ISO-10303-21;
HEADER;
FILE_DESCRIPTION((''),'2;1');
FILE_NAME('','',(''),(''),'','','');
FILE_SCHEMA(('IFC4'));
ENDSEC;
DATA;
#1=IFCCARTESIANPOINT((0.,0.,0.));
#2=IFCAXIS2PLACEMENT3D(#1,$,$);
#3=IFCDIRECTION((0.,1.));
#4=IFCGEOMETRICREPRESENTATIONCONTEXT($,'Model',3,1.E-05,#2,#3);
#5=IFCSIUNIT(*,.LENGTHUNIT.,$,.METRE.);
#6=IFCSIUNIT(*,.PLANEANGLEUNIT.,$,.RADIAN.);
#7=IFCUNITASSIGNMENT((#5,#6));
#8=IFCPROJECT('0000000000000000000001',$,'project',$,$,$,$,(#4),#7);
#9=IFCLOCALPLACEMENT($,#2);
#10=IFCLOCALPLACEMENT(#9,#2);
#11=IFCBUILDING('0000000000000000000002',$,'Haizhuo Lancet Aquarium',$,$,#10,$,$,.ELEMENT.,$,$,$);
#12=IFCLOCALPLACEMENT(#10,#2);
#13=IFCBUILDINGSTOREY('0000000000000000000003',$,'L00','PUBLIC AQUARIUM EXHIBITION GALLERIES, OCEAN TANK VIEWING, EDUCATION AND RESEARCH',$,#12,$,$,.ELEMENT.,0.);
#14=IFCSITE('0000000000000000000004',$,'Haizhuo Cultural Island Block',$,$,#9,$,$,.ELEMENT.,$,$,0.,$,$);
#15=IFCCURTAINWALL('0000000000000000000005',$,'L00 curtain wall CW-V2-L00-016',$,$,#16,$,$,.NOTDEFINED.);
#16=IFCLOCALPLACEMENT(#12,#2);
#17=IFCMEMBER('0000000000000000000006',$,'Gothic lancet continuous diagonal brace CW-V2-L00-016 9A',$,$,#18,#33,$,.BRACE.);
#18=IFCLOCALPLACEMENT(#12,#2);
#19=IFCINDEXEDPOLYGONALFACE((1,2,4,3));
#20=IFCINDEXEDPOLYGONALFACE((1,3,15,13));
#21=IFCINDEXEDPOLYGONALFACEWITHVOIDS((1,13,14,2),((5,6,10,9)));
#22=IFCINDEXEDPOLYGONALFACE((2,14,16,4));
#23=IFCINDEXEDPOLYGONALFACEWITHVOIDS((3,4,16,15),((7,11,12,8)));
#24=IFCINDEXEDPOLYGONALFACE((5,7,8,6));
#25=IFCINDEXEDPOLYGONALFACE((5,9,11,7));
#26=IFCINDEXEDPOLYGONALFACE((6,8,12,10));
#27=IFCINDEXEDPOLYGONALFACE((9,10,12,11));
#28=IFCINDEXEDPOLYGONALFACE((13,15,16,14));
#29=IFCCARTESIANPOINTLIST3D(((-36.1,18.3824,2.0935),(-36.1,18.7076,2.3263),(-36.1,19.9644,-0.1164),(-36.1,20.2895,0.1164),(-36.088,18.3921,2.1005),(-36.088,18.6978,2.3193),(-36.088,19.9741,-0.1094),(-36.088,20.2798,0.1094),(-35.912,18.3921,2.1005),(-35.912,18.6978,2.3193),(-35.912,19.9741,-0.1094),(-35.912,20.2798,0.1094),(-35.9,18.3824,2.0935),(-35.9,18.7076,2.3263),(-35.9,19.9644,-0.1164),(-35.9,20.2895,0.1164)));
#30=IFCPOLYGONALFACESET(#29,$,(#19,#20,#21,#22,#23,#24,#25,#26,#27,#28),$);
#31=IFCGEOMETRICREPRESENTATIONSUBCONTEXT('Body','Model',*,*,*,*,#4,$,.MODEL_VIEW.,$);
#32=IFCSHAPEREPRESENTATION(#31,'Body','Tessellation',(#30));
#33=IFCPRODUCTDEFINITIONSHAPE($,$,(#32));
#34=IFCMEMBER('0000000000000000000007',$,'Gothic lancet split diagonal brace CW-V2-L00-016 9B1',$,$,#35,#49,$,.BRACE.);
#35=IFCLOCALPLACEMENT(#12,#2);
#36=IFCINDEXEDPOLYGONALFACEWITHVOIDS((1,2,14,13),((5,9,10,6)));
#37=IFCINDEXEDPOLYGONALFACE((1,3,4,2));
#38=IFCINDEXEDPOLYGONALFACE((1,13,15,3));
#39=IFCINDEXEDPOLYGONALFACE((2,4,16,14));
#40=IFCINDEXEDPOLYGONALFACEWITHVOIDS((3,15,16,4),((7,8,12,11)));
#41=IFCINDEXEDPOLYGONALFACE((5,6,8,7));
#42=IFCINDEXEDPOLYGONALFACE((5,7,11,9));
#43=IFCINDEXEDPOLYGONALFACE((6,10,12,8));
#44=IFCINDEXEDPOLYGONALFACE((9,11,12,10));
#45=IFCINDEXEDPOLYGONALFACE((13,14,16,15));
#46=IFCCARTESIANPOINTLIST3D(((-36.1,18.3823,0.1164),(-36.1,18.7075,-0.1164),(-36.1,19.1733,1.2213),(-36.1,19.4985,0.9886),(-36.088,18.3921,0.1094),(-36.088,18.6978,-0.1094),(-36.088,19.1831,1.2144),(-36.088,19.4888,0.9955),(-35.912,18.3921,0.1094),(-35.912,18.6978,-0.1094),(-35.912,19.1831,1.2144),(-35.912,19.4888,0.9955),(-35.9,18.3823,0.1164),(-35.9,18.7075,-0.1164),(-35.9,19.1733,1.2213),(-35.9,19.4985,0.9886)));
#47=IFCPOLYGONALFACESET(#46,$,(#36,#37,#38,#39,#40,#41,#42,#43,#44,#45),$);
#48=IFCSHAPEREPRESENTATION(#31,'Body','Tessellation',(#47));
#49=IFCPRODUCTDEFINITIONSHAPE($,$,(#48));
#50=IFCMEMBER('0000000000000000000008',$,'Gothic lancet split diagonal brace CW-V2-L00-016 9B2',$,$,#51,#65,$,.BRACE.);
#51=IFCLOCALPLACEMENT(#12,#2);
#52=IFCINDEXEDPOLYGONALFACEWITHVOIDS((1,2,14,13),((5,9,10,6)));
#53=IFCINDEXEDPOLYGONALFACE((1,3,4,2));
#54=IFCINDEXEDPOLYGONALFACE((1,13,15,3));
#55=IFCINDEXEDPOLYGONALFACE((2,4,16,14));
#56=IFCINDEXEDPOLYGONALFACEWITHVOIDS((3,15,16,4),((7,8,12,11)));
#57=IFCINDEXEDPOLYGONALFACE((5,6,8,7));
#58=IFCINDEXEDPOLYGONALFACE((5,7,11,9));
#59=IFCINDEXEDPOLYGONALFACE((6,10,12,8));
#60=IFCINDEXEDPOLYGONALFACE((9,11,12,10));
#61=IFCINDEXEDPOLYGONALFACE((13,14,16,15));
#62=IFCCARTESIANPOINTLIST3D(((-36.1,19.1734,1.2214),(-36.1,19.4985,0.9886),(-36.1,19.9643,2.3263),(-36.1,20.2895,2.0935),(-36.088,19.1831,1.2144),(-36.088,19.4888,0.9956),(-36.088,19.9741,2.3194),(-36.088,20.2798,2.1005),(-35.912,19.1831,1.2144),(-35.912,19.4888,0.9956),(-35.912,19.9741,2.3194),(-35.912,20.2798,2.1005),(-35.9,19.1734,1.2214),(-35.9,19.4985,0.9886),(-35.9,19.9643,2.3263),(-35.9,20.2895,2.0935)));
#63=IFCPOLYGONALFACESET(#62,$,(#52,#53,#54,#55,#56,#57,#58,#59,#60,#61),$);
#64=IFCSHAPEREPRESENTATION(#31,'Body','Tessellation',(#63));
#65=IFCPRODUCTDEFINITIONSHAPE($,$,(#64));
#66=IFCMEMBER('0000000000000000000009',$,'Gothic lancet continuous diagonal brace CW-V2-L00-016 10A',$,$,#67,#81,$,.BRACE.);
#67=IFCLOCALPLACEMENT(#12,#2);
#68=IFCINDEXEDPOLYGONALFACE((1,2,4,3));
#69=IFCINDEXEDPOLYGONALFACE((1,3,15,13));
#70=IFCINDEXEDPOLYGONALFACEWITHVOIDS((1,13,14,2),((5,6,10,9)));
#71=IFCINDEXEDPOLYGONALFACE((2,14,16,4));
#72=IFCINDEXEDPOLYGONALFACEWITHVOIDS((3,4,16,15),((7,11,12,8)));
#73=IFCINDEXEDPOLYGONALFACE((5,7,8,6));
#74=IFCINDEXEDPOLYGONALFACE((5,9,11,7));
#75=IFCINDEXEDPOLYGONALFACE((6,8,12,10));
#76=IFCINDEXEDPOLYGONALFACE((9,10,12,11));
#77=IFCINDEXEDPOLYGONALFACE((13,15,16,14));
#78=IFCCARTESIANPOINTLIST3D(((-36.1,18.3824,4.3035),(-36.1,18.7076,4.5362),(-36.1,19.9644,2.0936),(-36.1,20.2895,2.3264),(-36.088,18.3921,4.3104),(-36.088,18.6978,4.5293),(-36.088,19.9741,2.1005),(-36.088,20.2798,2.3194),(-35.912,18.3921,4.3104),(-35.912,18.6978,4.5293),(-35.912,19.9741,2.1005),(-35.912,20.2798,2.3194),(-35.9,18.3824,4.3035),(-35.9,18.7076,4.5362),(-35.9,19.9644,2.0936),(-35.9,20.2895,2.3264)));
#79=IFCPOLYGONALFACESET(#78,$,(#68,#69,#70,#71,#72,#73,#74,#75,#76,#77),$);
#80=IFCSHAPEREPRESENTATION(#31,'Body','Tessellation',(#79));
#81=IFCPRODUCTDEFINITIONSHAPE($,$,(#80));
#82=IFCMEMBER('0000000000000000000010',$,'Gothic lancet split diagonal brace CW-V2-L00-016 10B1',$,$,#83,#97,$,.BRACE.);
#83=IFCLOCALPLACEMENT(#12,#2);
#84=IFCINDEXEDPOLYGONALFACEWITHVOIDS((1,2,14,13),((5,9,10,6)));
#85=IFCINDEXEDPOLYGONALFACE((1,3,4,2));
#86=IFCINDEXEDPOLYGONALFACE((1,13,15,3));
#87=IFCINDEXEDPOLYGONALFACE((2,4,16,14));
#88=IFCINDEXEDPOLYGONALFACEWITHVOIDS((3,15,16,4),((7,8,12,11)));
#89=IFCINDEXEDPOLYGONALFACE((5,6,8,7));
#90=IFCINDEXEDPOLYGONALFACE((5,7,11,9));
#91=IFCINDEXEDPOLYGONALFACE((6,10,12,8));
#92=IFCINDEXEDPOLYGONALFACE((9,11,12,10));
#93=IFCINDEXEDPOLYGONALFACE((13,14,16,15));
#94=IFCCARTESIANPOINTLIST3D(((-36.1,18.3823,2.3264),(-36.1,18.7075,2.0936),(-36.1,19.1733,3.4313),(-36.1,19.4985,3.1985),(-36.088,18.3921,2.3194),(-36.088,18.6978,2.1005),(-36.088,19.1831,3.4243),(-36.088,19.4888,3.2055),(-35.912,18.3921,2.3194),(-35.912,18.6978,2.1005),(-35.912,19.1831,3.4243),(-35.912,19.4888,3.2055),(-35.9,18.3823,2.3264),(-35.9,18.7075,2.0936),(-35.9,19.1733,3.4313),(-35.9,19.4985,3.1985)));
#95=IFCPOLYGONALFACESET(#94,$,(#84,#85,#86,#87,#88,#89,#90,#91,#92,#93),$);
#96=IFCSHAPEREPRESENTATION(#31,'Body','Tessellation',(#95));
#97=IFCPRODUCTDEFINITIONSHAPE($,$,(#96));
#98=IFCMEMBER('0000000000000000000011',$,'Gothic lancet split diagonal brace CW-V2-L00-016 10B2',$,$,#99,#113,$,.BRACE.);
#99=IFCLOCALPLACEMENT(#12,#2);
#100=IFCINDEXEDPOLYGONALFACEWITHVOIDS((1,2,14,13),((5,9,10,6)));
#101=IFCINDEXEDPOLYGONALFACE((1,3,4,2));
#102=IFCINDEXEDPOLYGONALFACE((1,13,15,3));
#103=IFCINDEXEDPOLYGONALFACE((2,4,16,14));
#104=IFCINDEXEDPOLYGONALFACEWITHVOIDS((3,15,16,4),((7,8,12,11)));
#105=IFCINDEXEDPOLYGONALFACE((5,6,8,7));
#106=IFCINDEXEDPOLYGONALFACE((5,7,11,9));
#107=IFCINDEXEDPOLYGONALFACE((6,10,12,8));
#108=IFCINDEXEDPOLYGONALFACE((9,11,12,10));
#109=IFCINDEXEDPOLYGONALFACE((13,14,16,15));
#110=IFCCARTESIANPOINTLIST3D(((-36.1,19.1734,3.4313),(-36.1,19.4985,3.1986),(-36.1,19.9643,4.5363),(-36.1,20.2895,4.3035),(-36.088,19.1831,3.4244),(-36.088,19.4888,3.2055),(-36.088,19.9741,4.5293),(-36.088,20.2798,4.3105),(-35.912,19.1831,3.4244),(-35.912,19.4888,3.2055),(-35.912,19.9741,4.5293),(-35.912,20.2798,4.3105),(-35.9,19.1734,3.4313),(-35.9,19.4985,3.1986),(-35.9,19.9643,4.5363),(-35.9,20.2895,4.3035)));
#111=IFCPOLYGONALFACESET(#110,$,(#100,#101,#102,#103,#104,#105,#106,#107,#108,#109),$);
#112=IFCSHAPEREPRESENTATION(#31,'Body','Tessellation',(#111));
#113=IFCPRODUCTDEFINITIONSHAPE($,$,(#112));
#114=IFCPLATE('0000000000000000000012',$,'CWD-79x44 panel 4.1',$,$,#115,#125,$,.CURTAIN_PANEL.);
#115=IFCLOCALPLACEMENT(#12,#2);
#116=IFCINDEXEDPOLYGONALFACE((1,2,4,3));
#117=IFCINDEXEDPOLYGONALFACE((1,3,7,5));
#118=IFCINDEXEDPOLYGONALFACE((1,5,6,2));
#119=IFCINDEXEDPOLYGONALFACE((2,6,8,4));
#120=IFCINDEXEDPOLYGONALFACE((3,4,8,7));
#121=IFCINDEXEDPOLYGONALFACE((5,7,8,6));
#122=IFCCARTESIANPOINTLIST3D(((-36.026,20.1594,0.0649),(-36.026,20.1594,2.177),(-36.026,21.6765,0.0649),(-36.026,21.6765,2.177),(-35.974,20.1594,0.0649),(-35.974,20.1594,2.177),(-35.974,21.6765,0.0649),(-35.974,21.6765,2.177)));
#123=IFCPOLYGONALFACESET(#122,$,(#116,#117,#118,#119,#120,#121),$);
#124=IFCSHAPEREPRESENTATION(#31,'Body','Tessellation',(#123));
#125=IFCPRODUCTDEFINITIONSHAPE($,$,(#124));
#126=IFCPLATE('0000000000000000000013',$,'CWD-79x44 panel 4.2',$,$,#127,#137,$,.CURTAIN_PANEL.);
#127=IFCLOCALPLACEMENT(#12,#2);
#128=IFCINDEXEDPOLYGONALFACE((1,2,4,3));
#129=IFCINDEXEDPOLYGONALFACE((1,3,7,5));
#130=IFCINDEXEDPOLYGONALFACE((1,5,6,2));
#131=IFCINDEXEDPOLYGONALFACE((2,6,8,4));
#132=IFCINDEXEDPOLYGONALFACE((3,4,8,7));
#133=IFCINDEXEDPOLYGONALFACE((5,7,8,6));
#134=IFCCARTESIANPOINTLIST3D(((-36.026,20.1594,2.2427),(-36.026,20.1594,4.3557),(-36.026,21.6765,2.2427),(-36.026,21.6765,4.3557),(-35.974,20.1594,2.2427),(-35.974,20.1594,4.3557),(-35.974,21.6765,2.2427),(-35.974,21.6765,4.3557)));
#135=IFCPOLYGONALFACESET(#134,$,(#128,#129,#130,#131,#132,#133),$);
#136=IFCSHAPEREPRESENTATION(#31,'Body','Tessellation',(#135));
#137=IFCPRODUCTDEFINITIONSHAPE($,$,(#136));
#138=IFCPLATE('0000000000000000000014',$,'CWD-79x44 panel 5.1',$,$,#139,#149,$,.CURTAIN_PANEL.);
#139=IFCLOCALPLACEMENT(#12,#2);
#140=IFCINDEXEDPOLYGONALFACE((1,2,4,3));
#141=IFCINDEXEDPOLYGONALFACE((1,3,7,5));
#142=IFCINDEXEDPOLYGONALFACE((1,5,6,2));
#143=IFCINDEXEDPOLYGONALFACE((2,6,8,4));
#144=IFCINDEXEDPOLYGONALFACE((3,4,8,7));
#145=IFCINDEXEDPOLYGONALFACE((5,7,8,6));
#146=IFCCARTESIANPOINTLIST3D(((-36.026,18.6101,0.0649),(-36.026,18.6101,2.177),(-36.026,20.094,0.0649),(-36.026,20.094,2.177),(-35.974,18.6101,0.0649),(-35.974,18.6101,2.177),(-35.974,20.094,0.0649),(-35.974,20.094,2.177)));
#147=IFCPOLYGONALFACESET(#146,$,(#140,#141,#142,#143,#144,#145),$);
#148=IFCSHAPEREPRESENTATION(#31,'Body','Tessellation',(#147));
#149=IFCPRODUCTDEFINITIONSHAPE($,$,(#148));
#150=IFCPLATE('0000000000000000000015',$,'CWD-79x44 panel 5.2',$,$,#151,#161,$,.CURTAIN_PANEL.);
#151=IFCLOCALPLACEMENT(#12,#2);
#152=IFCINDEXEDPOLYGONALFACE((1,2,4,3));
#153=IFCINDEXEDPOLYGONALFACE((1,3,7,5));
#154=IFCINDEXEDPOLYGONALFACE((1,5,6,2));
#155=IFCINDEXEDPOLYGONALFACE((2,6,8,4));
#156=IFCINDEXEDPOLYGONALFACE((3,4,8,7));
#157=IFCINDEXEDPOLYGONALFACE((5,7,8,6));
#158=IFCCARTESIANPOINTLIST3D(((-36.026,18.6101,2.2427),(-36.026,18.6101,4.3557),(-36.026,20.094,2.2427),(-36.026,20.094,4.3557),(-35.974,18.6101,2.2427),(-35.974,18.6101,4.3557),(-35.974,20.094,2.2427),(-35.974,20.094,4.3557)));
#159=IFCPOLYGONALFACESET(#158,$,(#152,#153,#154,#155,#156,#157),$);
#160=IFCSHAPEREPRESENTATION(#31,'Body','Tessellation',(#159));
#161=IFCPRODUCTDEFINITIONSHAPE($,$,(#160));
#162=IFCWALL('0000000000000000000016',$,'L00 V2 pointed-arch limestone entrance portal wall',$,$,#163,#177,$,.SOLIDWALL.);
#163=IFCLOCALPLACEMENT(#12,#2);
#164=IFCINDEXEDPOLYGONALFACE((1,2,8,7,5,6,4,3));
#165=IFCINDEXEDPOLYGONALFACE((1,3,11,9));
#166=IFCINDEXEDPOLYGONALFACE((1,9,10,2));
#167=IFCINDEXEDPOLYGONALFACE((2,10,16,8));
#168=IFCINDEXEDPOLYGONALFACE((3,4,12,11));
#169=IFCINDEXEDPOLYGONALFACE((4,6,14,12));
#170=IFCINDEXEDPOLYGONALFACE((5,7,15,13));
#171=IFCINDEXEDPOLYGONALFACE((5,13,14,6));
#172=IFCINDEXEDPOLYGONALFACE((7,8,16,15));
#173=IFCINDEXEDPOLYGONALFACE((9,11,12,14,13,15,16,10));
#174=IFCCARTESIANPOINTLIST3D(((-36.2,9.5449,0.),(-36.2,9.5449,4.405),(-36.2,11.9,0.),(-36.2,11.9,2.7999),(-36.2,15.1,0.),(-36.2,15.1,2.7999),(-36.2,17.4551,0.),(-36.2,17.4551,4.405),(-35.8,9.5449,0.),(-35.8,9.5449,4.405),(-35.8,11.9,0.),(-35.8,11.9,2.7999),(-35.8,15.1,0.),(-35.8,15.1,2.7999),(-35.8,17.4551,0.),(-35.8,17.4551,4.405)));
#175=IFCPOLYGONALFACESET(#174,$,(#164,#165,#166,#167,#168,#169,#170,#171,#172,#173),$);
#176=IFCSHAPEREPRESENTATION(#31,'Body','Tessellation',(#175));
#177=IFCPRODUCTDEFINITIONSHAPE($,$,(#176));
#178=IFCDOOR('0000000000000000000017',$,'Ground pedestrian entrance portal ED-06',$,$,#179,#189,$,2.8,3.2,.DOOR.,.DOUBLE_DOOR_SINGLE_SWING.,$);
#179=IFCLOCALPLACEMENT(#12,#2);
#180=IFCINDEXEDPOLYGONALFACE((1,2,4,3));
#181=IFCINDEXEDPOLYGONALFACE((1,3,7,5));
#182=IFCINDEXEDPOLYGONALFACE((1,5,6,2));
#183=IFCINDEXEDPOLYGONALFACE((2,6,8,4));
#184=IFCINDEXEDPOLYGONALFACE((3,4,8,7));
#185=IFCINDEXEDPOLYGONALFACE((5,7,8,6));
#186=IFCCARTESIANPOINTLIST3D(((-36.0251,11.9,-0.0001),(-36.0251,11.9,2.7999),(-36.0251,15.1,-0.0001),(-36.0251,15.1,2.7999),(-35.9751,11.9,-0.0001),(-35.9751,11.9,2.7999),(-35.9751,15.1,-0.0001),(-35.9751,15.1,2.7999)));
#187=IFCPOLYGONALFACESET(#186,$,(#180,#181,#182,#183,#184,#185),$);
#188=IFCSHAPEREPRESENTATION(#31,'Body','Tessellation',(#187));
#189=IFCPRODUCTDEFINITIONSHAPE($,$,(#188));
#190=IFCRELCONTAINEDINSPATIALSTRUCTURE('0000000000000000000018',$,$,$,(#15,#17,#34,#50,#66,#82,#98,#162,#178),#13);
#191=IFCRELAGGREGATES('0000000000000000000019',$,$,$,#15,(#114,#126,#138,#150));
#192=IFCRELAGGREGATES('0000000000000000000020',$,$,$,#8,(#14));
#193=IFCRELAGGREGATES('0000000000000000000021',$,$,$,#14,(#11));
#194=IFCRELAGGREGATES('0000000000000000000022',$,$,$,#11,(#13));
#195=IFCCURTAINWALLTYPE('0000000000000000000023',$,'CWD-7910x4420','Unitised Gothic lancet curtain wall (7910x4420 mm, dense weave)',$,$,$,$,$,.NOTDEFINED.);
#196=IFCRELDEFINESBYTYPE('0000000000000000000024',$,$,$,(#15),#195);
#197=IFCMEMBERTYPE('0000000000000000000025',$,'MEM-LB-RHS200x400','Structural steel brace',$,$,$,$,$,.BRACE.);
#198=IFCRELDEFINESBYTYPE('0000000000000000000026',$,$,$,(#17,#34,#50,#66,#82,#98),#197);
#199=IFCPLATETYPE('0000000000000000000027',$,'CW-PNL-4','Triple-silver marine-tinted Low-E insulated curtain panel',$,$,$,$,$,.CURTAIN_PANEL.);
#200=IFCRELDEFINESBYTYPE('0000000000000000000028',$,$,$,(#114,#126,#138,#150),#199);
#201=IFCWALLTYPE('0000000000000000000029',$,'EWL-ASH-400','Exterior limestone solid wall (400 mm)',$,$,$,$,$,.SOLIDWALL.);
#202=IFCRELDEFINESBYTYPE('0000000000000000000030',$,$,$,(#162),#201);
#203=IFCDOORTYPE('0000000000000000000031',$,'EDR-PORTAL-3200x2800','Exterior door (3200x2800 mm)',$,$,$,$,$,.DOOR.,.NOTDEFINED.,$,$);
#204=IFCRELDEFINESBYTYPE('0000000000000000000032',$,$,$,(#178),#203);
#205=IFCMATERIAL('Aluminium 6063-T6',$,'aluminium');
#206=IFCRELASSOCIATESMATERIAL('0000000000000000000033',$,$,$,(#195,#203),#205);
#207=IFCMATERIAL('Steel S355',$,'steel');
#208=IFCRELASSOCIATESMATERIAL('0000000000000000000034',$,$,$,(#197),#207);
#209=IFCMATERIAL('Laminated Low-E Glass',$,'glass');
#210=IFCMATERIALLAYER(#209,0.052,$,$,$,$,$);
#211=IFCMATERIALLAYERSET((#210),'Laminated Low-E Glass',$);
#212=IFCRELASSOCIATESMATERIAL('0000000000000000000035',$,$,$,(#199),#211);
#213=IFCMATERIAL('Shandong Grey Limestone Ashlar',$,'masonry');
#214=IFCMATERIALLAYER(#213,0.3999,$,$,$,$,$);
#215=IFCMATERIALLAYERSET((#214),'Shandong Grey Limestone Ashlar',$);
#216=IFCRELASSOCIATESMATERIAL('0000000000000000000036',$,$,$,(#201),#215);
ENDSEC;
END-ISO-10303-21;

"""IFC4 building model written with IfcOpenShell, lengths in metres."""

from ifc_helpers import new_model, si_unit, direction, frame, frame_2d, origin, origin_2d, place, context, subcontext, project, spatial, rectangle, hollow_rectangle, extrude, material, layer, layer_set, material_profile, profile_set, type_object, element, fill, aggregate, save


model = new_model("IFC4")

# Units and contexts
model_context = context("Model", 3, precision=1e-05, world=origin(), true_north=direction((0.0, 1.0)))
body_context = subcontext(model_context, "Body", "Model", "MODEL_VIEW")
ifc_project = project(units=[si_unit("LENGTHUNIT", "METRE"), si_unit("PLANEANGLEUNIT", "RADIAN")], contexts=[model_context])

# Site, building, storey
site_placement = place(None, origin())
site = spatial("IfcSite", under=ifc_project, at=site_placement, Name="Haizhuo Cultural Island Block", CompositionType="ELEMENT", RefElevation=0.0)
building_placement = place(site_placement, origin())
building = spatial("IfcBuilding", under=site, at=building_placement, Name="Haizhuo Lancet Aquarium", CompositionType="ELEMENT")
storey_placement = place(building_placement, origin())
storey = spatial("IfcBuildingStorey", under=building, at=storey_placement, Name="L00", Description="PUBLIC AQUARIUM EXHIBITION GALLERIES, OCEAN TANK VIEWING, EDUCATION AND RESEARCH", CompositionType="ELEMENT", Elevation=0.0)

# Shared definitions
ifc_material_1 = material(Name="Steel S355", Category="steel")

# Curtain wall
ifc_material_2 = material(Name="Aluminium 6063-T6", Category="aluminium")
curtain_wall_type_1 = type_object("IfcCurtainWallType", Name="CWD-7910x4420", Description="Unitised Gothic lancet curtain wall (7910x4420 mm, dense weave)", PredefinedType="NOTDEFINED", material=ifc_material_2)
curtain_wall_1_placement = place(storey_placement, origin())
curtain_wall_1 = element("IfcCurtainWall", 1, at=curtain_wall_1_placement, inside=storey, type_object=curtain_wall_type_1, Name="L00 curtain wall CW-V2-L00-016", PredefinedType="NOTDEFINED")

# Members
ifc_material_profile_1 = material_profile(ifc_material_1, hollow_rectangle(XDim=0.2, YDim=0.3999, WallThickness=0.012, at=origin_2d()), Name="RHS 200x400x12")
ifc_profile_set_1 = profile_set([ifc_material_profile_1], Name="Steel S355")
member_type_1 = type_object("IfcMemberType", Name="MEM-LB-RHS200x400", Description="Structural steel brace", PredefinedType="BRACE", material=ifc_profile_set_1)
member_1_placement = place(storey_placement, frame((-36.0, 20.127, 0.0), z_axis=(0.0, -0.582088, 0.813126), x_axis=(1.0, 0.0, 0.0)))
element("IfcMember", 2, at=member_1_placement, inside=storey, type_object=member_type_1, Name="Gothic lancet continuous diagonal brace CW-V2-L00-016 9A", PredefinedType="BRACE", context=body_context, shape_type="SweptSolid", body=[
    extrude(hollow_rectangle(XDim=0.2, YDim=0.3999, WallThickness=0.012, at=origin_2d()), origin(), (0.0, 0.0, 1.0), 2.7178),
])
for number, where, z_axis, x_axis, name in (
    (3, (-36.0, 18.5449, 0.0), (0.0, 0.582088, 0.813126), (-1.0, 0.0, 0.0), "Gothic lancet split diagonal brace CW-V2-L00-016 9B1"),
    (4, (-36.0, 19.3359, 1.105), (0.0, 0.582088, 0.813126), (-1.0, 0.0, 0.0), "Gothic lancet split diagonal brace CW-V2-L00-016 9B2"),
):
    element("IfcMember", number, at=place(storey_placement, frame(where, z_axis=z_axis, x_axis=x_axis)), inside=storey, type_object=member_type_1, Name=name, PredefinedType="BRACE", context=body_context, shape_type="SweptSolid", body=[
        extrude(hollow_rectangle(XDim=0.2, YDim=0.3999, WallThickness=0.012, at=origin_2d()), origin(), (0.0, 0.0, 1.0), 1.3589),
    ])
member_2_placement = place(storey_placement, frame((-36.0, 20.127, 2.21), z_axis=(0.0, -0.582088, 0.813126), x_axis=(1.0, 0.0, 0.0)))
element("IfcMember", 5, at=member_2_placement, inside=storey, type_object=member_type_1, Name="Gothic lancet continuous diagonal brace CW-V2-L00-016 10A", PredefinedType="BRACE", context=body_context, shape_type="SweptSolid", body=[
    extrude(hollow_rectangle(XDim=0.2, YDim=0.3999, WallThickness=0.012, at=origin_2d()), origin(), (0.0, 0.0, 1.0), 2.7178),
])
for number, where, z_axis, x_axis, name in (
    (6, (-36.0, 18.5449, 2.21), (0.0, 0.582088, 0.813126), (-1.0, 0.0, 0.0), "Gothic lancet split diagonal brace CW-V2-L00-016 10B1"),
    (7, (-36.0, 19.3359, 3.3149), (0.0, 0.582088, 0.813126), (-1.0, 0.0, 0.0), "Gothic lancet split diagonal brace CW-V2-L00-016 10B2"),
):
    element("IfcMember", number, at=place(storey_placement, frame(where, z_axis=z_axis, x_axis=x_axis)), inside=storey, type_object=member_type_1, Name=name, PredefinedType="BRACE", context=body_context, shape_type="SweptSolid", body=[
        extrude(hollow_rectangle(XDim=0.2, YDim=0.3999, WallThickness=0.012, at=origin_2d()), origin(), (0.0, 0.0, 1.0), 1.3589),
    ])

# Plates
ifc_material_3 = material(Name="Laminated Low-E Glass", Category="glass")
ifc_layer_1 = layer(ifc_material_3, 0.052)
ifc_layer_set_1 = layer_set([ifc_layer_1], Name="Laminated Low-E Glass")
plate_type = type_object("IfcPlateType", Name="CW-PNL-4", Description="Triple-silver marine-tinted Low-E insulated curtain panel", PredefinedType="CURTAIN_PANEL", material=ifc_layer_set_1)
plate_1_placement = place(storey_placement, frame((-36.0, 20.918, 0.0649), z_axis=(0.0, 0.0, 1.0), x_axis=(0.0, -1.0, 0.0)))
plate_1 = element("IfcPlate", 8, at=plate_1_placement, type_object=plate_type, Name="CWD-79x44 panel 4.1", PredefinedType="CURTAIN_PANEL", context=body_context, shape_type="SweptSolid", body=[
    extrude(rectangle(XDim=1.5171, YDim=0.052, at=origin_2d()), origin(), (0.0, 0.0, 1.0), 2.1121),
])
plate_2_placement = place(storey_placement, frame((-36.0, 20.918, 2.2427), z_axis=(0.0, 0.0, 1.0), x_axis=(0.0, -1.0, 0.0)))
plate_2 = element("IfcPlate", 9, at=plate_2_placement, type_object=plate_type, Name="CWD-79x44 panel 4.2", PredefinedType="CURTAIN_PANEL", context=body_context, shape_type="SweptSolid", body=[
    extrude(rectangle(XDim=1.5171, YDim=0.052, at=origin_2d()), origin(), (0.0, 0.0, 1.0), 2.113),
])
plate_3_placement = place(storey_placement, frame((-36.0, 19.3521, 0.0649), z_axis=(0.0, 0.0, 1.0), x_axis=(0.0, -1.0, 0.0)))
plate_3 = element("IfcPlate", 10, at=plate_3_placement, type_object=plate_type, Name="CWD-79x44 panel 5.1", PredefinedType="CURTAIN_PANEL", context=body_context, shape_type="SweptSolid", body=[
    extrude(rectangle(XDim=1.4839, YDim=0.052, at=origin_2d()), origin(), (0.0, 0.0, 1.0), 2.1121),
])
plate_4_placement = place(storey_placement, frame((-36.0, 19.3521, 2.2427), z_axis=(0.0, 0.0, 1.0), x_axis=(0.0, -1.0, 0.0)))
plate_4 = element("IfcPlate", 11, at=plate_4_placement, type_object=plate_type, Name="CWD-79x44 panel 5.2", PredefinedType="CURTAIN_PANEL", context=body_context, shape_type="SweptSolid", body=[
    extrude(rectangle(XDim=1.4839, YDim=0.052, at=origin_2d()), origin(), (0.0, 0.0, 1.0), 2.113),
])
aggregate(curtain_wall_1, [plate_1, plate_2, plate_3, plate_4])

# Wall, opening, door
ifc_material_4 = material(Name="Shandong Grey Limestone Ashlar", Category="masonry")
ifc_layer_2 = layer(ifc_material_4, 0.3999)
ifc_layer_set_2 = layer_set([ifc_layer_2], Name="Shandong Grey Limestone Ashlar")
wall_type_1 = type_object("IfcWallType", Name="EWL-ASH-400", Description="Exterior limestone solid wall (400 mm)", PredefinedType="SOLIDWALL", material=ifc_layer_set_2)
wall_1_placement = place(storey_placement, frame((-36.0, 17.4551, 0.0), z_axis=(0.0, 0.0, 1.0), x_axis=(0.0, -1.0, 0.0)))
wall_1 = element("IfcWall", 12, at=wall_1_placement, inside=storey, type_object=wall_type_1, Name="L00 V2 pointed-arch limestone entrance portal wall", PredefinedType="SOLIDWALL", context=body_context, shape_type="SweptSolid", body=[
    extrude(rectangle(XDim=7.9102, YDim=0.3999, at=frame_2d((3.9551, 0.0))), origin(), (0.0, 0.0, 1.0), 4.405),
])
opening_placement = place(wall_1_placement, frame((2.355, 0.0, 0.0)))
opening = element("IfcOpeningElement", 13, at=opening_placement, cuts=wall_1, PredefinedType="OPENING", context=body_context, shape_type="SweptSolid", body=[
    extrude(rectangle(XDim=3.2, YDim=2.8, at=frame_2d((1.6001, 1.3999))), frame((0.0, 0.21, 0.0), z_axis=(0.0, -1.0, 0.0), x_axis=(1.0, 0.0, 0.0)), (0.0, 0.0, 1.0), 0.4199),
])
door_type = type_object("IfcDoorType", Name="EDR-PORTAL-3200x2800", Description="Exterior door (3200x2800 mm)", OperationType="NOTDEFINED", PredefinedType="DOOR", material=ifc_material_2)
door_placement = place(opening_placement, origin())
door = element("IfcDoor", 14, at=door_placement, inside=storey, type_object=door_type, Name="Ground pedestrian entrance portal ED-06", OperationType="DOUBLE_DOOR_SINGLE_SWING", OverallHeight=2.8, OverallWidth=3.2, PredefinedType="DOOR", context=body_context, shape_type="SweptSolid", body=[
    extrude(rectangle(XDim=3.2, YDim=2.8, at=frame_2d((1.6001, 1.3999))), frame((0.0, 0.0249, 0.0), z_axis=(0.0, -1.0, 0.0), x_axis=(1.0, 0.0, 0.0)), (0.0, 0.0, 1.0), 0.05),
])
fill(opening, door)

save(model, "model.ifc")
